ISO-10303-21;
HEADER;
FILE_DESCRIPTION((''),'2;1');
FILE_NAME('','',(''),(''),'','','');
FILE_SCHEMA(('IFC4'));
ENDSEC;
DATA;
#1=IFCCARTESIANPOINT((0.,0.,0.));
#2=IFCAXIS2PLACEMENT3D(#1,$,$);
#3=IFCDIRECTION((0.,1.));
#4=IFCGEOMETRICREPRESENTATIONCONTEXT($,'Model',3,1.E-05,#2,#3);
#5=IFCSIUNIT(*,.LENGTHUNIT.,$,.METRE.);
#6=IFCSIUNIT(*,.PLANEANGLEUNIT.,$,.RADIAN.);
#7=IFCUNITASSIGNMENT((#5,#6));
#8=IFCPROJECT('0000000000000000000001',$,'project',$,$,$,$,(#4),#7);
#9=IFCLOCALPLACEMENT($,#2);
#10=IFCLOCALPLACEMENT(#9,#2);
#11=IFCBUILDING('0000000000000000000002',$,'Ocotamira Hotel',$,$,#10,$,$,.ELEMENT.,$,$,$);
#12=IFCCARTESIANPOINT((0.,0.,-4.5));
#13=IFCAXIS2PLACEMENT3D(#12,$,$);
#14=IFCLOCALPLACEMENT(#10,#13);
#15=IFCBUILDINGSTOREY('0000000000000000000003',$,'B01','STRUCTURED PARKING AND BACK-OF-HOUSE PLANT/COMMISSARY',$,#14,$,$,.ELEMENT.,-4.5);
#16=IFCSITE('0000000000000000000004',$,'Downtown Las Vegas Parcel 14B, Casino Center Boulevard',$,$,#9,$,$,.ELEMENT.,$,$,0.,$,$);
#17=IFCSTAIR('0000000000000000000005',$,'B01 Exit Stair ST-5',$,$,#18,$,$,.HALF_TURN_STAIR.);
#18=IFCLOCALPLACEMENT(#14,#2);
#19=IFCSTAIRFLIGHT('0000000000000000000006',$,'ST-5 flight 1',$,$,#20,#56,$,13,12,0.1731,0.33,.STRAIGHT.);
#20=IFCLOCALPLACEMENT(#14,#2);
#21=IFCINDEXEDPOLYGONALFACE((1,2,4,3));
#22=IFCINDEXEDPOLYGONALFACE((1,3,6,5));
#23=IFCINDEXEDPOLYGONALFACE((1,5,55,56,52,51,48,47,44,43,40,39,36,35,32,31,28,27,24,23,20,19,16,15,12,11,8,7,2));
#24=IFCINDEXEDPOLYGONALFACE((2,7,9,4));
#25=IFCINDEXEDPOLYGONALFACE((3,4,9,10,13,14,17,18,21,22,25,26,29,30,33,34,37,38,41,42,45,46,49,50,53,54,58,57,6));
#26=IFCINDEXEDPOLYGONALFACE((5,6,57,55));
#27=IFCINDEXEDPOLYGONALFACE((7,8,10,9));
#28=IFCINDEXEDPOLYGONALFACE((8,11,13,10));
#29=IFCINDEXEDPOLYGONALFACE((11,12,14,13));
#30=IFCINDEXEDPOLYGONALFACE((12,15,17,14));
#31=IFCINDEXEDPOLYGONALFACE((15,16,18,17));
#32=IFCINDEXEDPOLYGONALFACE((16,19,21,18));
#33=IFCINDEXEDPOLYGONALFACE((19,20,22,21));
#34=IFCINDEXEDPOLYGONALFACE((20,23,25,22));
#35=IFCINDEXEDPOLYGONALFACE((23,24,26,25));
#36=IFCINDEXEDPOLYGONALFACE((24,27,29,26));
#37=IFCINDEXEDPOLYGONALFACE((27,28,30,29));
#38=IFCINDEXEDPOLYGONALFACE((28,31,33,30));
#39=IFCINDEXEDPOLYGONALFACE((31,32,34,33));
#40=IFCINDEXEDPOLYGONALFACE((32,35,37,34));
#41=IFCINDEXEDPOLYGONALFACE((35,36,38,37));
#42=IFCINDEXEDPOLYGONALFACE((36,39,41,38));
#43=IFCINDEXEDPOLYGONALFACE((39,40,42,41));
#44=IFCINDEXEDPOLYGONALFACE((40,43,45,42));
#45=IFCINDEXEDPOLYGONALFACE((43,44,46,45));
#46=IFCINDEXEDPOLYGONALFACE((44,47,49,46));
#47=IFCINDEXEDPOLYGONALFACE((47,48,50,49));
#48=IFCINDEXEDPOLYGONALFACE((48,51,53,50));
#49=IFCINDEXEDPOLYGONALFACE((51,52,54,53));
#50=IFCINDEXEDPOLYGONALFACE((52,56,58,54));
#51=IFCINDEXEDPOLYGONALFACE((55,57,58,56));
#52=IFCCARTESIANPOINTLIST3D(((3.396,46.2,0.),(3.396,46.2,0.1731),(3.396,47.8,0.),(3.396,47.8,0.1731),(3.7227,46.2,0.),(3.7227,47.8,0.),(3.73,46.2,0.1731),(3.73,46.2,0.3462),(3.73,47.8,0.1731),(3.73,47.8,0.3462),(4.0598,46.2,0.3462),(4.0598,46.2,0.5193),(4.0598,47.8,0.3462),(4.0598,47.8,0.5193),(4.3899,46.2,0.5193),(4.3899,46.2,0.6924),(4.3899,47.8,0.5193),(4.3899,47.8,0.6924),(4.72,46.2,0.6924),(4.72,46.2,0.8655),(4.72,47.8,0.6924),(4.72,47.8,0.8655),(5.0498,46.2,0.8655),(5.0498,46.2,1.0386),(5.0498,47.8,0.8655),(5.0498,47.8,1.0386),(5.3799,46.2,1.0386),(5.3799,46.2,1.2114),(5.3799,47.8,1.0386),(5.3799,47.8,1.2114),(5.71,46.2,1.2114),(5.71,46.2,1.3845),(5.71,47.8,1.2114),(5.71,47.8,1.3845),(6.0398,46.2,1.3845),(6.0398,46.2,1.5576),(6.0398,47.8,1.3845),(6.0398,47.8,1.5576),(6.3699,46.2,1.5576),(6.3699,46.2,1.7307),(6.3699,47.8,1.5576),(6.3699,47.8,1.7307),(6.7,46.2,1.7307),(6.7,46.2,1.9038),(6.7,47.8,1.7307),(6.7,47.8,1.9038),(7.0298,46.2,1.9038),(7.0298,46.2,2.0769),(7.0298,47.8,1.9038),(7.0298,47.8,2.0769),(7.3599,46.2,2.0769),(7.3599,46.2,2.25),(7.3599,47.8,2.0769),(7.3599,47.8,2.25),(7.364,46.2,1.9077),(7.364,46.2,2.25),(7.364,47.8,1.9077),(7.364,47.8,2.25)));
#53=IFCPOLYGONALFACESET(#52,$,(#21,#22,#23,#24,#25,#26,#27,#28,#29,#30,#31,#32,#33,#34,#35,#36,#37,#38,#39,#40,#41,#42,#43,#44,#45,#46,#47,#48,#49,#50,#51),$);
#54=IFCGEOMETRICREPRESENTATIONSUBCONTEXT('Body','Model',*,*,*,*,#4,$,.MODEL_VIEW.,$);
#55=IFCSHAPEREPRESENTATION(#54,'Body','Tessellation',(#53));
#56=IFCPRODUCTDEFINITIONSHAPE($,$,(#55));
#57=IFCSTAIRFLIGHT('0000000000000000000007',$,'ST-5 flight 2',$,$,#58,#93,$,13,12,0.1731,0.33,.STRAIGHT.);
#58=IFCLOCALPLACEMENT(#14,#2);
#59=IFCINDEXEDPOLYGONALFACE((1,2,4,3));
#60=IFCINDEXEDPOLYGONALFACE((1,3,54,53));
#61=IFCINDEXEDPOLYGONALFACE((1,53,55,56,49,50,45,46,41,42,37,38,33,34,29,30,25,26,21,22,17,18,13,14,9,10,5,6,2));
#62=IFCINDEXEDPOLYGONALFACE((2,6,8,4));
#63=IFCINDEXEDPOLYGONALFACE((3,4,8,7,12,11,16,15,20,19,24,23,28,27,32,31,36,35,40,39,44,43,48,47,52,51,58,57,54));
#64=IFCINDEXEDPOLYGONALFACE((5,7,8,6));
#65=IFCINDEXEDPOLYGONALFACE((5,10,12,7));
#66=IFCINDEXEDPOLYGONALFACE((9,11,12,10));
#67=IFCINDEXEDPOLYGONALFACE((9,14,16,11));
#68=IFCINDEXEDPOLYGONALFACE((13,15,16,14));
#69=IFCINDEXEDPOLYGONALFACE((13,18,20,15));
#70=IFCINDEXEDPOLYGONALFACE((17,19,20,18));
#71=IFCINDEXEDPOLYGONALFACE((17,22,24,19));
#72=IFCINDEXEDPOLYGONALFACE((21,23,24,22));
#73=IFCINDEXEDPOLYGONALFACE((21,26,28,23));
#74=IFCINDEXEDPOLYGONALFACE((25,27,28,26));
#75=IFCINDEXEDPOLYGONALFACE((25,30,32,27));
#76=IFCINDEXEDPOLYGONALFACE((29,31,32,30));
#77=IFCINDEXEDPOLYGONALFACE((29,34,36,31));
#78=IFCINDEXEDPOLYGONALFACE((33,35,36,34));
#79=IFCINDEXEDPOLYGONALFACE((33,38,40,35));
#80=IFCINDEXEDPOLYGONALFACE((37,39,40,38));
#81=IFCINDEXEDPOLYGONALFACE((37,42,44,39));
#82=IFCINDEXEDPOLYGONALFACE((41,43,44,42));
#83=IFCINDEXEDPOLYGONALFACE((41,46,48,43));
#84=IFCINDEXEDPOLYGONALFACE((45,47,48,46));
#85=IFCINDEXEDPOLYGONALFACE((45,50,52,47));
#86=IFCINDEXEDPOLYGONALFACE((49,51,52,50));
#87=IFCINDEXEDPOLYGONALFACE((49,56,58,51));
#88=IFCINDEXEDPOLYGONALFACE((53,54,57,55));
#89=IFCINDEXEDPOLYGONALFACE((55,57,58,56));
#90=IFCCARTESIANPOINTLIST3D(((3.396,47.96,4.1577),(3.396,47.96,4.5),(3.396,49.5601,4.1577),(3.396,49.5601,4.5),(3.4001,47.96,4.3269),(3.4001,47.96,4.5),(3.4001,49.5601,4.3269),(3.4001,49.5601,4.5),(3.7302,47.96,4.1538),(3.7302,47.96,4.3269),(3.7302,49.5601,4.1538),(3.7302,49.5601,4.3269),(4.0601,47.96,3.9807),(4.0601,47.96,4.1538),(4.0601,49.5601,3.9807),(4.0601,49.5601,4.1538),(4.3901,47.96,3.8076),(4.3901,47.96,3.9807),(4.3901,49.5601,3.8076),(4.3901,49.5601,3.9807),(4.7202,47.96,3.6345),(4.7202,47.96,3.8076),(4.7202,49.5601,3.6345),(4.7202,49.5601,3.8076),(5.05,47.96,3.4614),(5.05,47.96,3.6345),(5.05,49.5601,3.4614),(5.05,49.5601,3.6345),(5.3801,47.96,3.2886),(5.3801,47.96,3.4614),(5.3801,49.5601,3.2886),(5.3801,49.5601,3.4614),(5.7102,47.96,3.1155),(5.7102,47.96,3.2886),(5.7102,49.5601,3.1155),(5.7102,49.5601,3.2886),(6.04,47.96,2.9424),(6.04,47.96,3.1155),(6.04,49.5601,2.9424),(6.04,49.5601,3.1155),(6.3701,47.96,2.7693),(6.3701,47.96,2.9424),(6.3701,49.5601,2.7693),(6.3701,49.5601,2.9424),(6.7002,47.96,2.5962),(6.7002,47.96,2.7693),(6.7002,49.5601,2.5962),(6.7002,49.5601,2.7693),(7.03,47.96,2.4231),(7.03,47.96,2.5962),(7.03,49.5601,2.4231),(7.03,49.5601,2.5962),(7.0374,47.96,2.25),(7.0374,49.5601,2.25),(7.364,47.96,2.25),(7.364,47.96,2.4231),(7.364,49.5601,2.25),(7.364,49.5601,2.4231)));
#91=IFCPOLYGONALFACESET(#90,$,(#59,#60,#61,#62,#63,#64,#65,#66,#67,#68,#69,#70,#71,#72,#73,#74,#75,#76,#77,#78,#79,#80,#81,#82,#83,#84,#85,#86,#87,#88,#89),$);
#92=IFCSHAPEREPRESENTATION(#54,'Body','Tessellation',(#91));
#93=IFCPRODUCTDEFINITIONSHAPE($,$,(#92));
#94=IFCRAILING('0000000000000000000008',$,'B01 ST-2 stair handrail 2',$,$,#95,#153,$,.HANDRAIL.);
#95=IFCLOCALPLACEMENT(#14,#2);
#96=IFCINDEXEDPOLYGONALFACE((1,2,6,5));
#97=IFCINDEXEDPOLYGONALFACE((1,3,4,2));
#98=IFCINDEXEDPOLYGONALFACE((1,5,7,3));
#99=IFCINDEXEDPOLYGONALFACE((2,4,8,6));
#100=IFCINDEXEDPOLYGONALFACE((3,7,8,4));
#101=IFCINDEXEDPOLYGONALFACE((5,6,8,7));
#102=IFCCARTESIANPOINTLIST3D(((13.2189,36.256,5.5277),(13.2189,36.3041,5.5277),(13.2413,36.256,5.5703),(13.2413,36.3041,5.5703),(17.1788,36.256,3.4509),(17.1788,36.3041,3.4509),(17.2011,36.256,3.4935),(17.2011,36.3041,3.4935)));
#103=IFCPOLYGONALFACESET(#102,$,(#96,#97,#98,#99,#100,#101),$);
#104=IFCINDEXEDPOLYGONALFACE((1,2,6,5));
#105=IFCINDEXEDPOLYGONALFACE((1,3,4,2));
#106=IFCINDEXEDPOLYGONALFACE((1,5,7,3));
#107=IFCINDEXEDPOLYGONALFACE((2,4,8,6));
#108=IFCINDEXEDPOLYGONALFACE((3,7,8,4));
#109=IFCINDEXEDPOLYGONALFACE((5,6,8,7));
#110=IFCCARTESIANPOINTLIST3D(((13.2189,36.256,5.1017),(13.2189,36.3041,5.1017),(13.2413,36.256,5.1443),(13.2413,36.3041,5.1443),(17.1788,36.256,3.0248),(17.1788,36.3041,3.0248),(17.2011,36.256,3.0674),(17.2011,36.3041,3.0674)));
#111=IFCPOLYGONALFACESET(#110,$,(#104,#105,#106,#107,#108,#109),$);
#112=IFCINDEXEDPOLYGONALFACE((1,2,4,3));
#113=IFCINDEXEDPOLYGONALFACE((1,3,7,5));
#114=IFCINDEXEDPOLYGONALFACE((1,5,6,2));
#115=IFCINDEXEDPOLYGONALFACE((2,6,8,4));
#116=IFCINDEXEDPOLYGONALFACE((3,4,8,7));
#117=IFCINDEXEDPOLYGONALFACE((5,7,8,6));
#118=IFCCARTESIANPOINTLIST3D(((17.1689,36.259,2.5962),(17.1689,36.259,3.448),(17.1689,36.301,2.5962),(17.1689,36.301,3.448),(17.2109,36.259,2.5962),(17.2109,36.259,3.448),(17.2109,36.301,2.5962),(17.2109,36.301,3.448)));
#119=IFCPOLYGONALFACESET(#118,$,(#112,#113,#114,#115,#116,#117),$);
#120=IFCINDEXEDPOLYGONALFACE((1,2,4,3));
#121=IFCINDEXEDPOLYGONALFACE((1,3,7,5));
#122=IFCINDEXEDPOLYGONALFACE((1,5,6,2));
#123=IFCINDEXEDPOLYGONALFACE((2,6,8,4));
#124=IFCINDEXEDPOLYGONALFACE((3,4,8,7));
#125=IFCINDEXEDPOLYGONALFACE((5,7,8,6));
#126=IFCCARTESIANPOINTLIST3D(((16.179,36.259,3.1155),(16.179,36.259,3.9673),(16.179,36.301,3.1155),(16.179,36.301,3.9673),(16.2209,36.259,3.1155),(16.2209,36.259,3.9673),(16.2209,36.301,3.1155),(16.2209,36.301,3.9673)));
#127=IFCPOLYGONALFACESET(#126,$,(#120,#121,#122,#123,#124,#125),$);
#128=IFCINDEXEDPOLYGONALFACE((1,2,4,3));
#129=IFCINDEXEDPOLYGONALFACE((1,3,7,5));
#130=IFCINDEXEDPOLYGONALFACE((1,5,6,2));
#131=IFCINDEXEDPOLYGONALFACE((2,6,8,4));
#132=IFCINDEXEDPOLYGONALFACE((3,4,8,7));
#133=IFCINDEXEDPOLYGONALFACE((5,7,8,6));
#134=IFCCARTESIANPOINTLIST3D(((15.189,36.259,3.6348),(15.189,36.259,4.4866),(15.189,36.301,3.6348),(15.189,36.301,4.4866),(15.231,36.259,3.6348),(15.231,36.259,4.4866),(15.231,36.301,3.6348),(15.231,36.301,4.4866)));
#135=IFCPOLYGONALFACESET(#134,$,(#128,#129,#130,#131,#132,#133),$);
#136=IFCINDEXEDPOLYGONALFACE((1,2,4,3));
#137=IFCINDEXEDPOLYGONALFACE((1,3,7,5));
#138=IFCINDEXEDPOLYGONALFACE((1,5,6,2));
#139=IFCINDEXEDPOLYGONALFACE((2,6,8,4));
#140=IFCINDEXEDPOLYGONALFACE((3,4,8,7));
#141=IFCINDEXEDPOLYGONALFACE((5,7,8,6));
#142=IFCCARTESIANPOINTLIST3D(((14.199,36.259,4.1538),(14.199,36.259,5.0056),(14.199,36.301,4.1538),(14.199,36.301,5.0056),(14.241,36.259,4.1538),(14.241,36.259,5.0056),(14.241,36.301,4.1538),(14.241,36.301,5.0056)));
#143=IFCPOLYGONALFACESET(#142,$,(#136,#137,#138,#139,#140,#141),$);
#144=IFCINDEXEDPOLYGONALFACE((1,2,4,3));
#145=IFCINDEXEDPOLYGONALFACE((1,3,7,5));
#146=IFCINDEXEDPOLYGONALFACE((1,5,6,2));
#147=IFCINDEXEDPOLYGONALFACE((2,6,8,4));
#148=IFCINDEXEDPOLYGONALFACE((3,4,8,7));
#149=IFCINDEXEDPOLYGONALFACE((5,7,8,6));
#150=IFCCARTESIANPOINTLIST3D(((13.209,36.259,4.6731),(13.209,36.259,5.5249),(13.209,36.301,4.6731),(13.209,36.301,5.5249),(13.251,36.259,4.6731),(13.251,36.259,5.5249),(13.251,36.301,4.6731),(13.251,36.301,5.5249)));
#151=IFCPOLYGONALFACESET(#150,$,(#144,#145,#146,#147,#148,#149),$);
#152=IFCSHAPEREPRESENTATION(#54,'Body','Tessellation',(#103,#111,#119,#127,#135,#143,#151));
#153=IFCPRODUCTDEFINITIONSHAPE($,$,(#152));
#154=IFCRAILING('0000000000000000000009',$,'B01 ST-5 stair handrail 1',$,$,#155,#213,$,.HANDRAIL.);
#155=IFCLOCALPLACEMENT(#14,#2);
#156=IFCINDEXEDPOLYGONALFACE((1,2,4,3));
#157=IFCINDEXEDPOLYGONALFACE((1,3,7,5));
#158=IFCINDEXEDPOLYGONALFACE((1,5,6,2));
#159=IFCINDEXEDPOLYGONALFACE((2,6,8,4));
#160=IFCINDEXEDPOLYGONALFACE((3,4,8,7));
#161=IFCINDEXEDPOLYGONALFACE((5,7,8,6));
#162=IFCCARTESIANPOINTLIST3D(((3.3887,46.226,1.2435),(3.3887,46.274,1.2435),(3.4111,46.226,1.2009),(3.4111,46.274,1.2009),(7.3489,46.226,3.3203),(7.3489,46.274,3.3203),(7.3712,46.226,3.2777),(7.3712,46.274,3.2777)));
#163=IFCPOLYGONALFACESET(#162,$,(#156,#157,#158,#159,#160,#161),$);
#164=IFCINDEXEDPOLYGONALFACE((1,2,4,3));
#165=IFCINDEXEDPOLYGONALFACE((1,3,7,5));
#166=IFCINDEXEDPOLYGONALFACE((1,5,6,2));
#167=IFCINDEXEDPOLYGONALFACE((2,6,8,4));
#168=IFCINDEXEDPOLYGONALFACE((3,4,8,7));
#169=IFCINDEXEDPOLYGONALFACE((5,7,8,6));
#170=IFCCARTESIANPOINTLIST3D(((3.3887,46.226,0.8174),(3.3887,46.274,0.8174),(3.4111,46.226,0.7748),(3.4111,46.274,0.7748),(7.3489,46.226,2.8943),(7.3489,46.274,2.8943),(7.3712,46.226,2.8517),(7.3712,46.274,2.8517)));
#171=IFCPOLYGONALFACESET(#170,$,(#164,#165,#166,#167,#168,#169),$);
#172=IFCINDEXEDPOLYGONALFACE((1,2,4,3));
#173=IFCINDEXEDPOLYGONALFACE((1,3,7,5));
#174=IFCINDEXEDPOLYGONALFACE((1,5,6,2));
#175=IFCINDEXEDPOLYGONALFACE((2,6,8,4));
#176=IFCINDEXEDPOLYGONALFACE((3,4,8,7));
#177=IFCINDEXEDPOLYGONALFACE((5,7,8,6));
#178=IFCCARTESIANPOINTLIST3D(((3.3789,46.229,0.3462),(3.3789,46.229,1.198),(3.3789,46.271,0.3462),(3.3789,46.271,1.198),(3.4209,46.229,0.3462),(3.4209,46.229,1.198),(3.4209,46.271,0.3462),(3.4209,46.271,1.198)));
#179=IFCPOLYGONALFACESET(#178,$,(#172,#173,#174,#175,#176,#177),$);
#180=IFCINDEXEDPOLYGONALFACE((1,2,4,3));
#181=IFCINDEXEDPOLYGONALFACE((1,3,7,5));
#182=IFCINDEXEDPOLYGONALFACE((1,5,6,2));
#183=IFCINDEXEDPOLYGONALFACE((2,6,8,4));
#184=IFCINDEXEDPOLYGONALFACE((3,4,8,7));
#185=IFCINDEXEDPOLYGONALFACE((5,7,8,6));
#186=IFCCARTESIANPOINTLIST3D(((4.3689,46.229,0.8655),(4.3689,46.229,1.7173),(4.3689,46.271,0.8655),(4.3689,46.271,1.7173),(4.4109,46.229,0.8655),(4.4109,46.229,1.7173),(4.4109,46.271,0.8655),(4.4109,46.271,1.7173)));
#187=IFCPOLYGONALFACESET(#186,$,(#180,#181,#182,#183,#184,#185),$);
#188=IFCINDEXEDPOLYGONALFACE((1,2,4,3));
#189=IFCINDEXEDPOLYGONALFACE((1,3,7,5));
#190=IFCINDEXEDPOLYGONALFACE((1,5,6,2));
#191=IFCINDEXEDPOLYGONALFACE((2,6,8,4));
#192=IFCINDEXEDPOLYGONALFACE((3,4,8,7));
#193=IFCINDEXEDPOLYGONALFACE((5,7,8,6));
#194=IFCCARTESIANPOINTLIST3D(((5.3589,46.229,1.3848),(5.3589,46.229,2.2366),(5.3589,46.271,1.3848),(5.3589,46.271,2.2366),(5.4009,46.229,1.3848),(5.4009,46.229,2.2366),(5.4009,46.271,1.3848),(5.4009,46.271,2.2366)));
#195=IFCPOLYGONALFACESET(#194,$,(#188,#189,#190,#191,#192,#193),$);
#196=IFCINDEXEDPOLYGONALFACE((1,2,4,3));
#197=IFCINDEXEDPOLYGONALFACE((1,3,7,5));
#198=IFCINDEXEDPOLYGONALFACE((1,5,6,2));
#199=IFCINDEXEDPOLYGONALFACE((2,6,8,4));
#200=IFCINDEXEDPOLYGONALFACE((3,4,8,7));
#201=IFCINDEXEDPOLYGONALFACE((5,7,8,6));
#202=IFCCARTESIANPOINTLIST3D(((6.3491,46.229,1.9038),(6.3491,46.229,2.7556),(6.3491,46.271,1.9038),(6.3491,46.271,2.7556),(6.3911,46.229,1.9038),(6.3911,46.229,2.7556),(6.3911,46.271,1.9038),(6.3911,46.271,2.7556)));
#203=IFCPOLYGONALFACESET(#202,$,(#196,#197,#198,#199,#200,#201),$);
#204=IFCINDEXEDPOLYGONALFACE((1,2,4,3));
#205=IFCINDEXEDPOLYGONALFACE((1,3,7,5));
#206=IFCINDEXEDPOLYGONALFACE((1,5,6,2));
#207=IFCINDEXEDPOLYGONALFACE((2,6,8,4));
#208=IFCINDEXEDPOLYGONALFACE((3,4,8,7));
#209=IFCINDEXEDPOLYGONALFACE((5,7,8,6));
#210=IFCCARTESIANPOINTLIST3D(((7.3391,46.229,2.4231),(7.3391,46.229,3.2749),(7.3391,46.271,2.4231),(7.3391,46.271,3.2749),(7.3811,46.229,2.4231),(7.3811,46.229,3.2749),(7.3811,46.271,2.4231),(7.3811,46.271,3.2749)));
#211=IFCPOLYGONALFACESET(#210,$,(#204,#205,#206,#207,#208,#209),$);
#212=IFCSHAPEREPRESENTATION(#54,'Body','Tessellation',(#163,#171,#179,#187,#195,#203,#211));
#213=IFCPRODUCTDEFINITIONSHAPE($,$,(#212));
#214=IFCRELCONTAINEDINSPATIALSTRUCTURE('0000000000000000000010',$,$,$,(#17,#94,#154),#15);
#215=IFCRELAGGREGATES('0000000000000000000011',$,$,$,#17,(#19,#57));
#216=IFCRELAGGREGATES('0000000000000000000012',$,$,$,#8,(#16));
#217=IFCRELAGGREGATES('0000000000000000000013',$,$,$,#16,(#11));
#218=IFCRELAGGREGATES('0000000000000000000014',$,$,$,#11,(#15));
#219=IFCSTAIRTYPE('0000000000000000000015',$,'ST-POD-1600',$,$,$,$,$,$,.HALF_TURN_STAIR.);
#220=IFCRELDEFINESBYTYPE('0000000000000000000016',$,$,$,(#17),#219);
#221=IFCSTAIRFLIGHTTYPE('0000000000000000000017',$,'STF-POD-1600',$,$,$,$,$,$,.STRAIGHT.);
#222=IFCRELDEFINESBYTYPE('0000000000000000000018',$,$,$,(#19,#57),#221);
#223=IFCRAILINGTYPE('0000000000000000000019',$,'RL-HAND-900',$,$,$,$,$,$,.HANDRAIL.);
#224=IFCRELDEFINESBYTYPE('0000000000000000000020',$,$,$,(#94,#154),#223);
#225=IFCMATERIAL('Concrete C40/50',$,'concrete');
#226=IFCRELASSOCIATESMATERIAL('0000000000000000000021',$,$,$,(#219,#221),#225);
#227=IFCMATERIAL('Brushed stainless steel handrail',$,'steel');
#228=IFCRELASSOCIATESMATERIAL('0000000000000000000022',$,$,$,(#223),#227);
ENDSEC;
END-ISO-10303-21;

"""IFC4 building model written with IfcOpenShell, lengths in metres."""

from ifc_helpers import new_model, si_unit, direction, frame, origin, origin_2d, place, context, subcontext, project, spatial, polyline, rectangle, outline, extrude, source, transform, mapped, material, type_object, element, aggregate, save


model = new_model("IFC4")

# Units and contexts
model_context = context("Model", 3, precision=1e-05, world=origin(), true_north=direction((0.0, 1.0)))
body_context = subcontext(model_context, "Body", "Model", "MODEL_VIEW")
ifc_project = project(units=[si_unit("LENGTHUNIT", "METRE"), si_unit("PLANEANGLEUNIT", "RADIAN")], contexts=[model_context])

# Site, building, storey
site_placement = place(None, origin())
site = spatial("IfcSite", under=ifc_project, at=site_placement, Name="Downtown Las Vegas Parcel 14B, Casino Center Boulevard", CompositionType="ELEMENT", RefElevation=0.0)
building_placement = place(site_placement, origin())
building = spatial("IfcBuilding", under=site, at=building_placement, Name="Ocotamira Hotel", CompositionType="ELEMENT")
storey_placement = place(building_placement, frame((0.0, 0.0, -4.5)))
storey = spatial("IfcBuildingStorey", under=building, at=storey_placement, Name="B01", Description="STRUCTURED PARKING AND BACK-OF-HOUSE PLANT/COMMISSARY", CompositionType="ELEMENT", Elevation=-4.5)

# Shared definitions
ifc_material_1 = material(Name="Concrete C40/50", Category="concrete")

# Stair, stair flights
stair_type_1 = type_object("IfcStairType", Name="ST-POD-1600", PredefinedType="HALF_TURN_STAIR", material=ifc_material_1)
stair_1_placement = place(storey_placement, origin())
stair_1 = element("IfcStair", 1, at=stair_1_placement, inside=storey, type_object=stair_type_1, Name="B01 Exit Stair ST-5", PredefinedType="HALF_TURN_STAIR")
stair_flight_type_1 = type_object("IfcStairFlightType", Name="STF-POD-1600", PredefinedType="STRAIGHT", material=ifc_material_1)
shared_shape_1 = source(origin(), body_context, "Body", "SweptSolid", [
    extrude(outline(polyline([(-0.0039, 0.0), (-0.0039, 0.1731), (0.3301, 0.1731), (0.3301, 0.3462), (0.6599, 0.3462), (0.6599, 0.5193), (0.99, 0.5193), (0.99, 0.6924), (1.3201, 0.6924), (1.3201, 0.8655), (1.6499, 0.8655), (1.6499, 1.0386), (1.98, 1.0386), (1.98, 1.2114), (2.3101, 1.2114), (2.3101, 1.3845), (2.6399, 1.3845), (2.6399, 1.5576), (2.97, 1.5576), (2.97, 1.7307), (3.3, 1.7307), (3.3, 1.9038), (3.6299, 1.9038), (3.6299, 2.0769), (3.96, 2.0769), (3.96, 2.25), (3.9641, 2.25), (3.9641, 1.9077), (0.3228, 0.0), (-0.0039, 0.0)])), frame((0.0, 0.8, 0.0), z_axis=(0.0, -1.0, 0.0), x_axis=(1.0, 0.0, 0.0)), (0.0, 0.0, 1.0), 1.6001),
])
stair_flight_1_placement = place(storey_placement, frame((3.3999, 47.0, 0.0), z_axis=(0.0, 0.0, 1.0), x_axis=(1.0, 0.0, 0.0)))
stair_flight_1 = element("IfcStairFlight", 2, at=stair_flight_1_placement, type_object=stair_flight_type_1, Name="ST-5 flight 1", NumberOfRisers=13, NumberOfTreads=12, PredefinedType="STRAIGHT", RiserHeight=0.1731, TreadLength=0.33, context=body_context, shape_type="MappedRepresentation", body=[
    mapped(shared_shape_1, transform((0.0, 0.0, 0.0), scale=1.0)),
])
stair_flight_2_placement = place(storey_placement, frame((7.3601, 48.76, 2.25), z_axis=(0.0, 0.0, 1.0), x_axis=(-1.0, 0.0, 0.0)))
stair_flight_2 = element("IfcStairFlight", 3, at=stair_flight_2_placement, type_object=stair_flight_type_1, Name="ST-5 flight 2", NumberOfRisers=13, NumberOfTreads=12, PredefinedType="STRAIGHT", RiserHeight=0.1731, TreadLength=0.33, context=body_context, shape_type="MappedRepresentation", body=[
    mapped(shared_shape_1, transform((0.0, 0.0, 0.0), scale=1.0)),
])
aggregate(stair_1, [stair_flight_1, stair_flight_2])

# Railings
ifc_material_2 = material(Name="Brushed stainless steel handrail", Category="steel")
railing_type_1 = type_object("IfcRailingType", Name="RL-HAND-900", PredefinedType="HANDRAIL", material=ifc_material_2)
railing_1_placement = place(storey_placement, frame((17.1899, 36.28, 2.5962)))
element("IfcRailing", 4, at=railing_1_placement, inside=storey, type_object=railing_type_1, Name="B01 ST-2 stair handrail 2", PredefinedType="HANDRAIL", context=body_context, shape_type="SweptSolid", body=[
    extrude(rectangle(XDim=0.0481, YDim=0.0481, at=origin_2d()), frame((0.0, 0.0, 0.876), z_axis=(-0.885589, 0.0, 0.46447), x_axis=(0.0, -1.0, 0.0)), (0.0, 0.0, 1.0), 4.4714),
    extrude(rectangle(XDim=0.0481, YDim=0.0481, at=origin_2d()), frame((0.0, 0.0, 0.45), z_axis=(-0.885589, 0.0, 0.46447), x_axis=(0.0, -1.0, 0.0)), (0.0, 0.0, 1.0), 4.4714),
    extrude(rectangle(XDim=0.042, YDim=0.042, at=origin_2d()), origin(), (0.0, 0.0, 1.0), 0.8518),
    extrude(rectangle(XDim=0.042, YDim=0.042, at=origin_2d()), frame((-0.99, 0.0, 0.5193)), (0.0, 0.0, 1.0), 0.8518),
    extrude(rectangle(XDim=0.042, YDim=0.042, at=origin_2d()), frame((-1.98, 0.0, 1.0386)), (0.0, 0.0, 1.0), 0.8518),
    extrude(rectangle(XDim=0.042, YDim=0.042, at=origin_2d()), frame((-2.97, 0.0, 1.5576)), (0.0, 0.0, 1.0), 0.8518),
    extrude(rectangle(XDim=0.042, YDim=0.042, at=origin_2d()), frame((-3.96, 0.0, 2.0769)), (0.0, 0.0, 1.0), 0.8518),
])
railing_2_placement = place(storey_placement, frame((3.3999, 46.25, 0.3462)))
element("IfcRailing", 5, at=railing_2_placement, inside=storey, type_object=railing_type_1, Name="B01 ST-5 stair handrail 1", PredefinedType="HANDRAIL", context=body_context, shape_type="SweptSolid", body=[
    extrude(rectangle(XDim=0.0481, YDim=0.0481, at=origin_2d()), frame((0.0, 0.0, 0.876), z_axis=(0.885601, 0.0, 0.464448), x_axis=(0.0, 1.0, 0.0)), (0.0, 0.0, 1.0), 4.4717),
    extrude(rectangle(XDim=0.0481, YDim=0.0481, at=origin_2d()), frame((0.0, 0.0, 0.45), z_axis=(0.885601, 0.0, 0.464448), x_axis=(0.0, 1.0, 0.0)), (0.0, 0.0, 1.0), 4.4717),
    extrude(rectangle(XDim=0.042, YDim=0.042, at=origin_2d()), origin(), (0.0, 0.0, 1.0), 0.8518),
    extrude(rectangle(XDim=0.042, YDim=0.042, at=origin_2d()), frame((0.99, 0.0, 0.5193)), (0.0, 0.0, 1.0), 0.8518),
    extrude(rectangle(XDim=0.042, YDim=0.042, at=origin_2d()), frame((1.98, 0.0, 1.0386)), (0.0, 0.0, 1.0), 0.8518),
    extrude(rectangle(XDim=0.042, YDim=0.042, at=origin_2d()), frame((2.9702, 0.0, 1.5576)), (0.0, 0.0, 1.0), 0.8518),
    extrude(rectangle(XDim=0.042, YDim=0.042, at=origin_2d()), frame((3.9602, 0.0, 2.0769)), (0.0, 0.0, 1.0), 0.8518),
])

save(model, "model.ifc")
